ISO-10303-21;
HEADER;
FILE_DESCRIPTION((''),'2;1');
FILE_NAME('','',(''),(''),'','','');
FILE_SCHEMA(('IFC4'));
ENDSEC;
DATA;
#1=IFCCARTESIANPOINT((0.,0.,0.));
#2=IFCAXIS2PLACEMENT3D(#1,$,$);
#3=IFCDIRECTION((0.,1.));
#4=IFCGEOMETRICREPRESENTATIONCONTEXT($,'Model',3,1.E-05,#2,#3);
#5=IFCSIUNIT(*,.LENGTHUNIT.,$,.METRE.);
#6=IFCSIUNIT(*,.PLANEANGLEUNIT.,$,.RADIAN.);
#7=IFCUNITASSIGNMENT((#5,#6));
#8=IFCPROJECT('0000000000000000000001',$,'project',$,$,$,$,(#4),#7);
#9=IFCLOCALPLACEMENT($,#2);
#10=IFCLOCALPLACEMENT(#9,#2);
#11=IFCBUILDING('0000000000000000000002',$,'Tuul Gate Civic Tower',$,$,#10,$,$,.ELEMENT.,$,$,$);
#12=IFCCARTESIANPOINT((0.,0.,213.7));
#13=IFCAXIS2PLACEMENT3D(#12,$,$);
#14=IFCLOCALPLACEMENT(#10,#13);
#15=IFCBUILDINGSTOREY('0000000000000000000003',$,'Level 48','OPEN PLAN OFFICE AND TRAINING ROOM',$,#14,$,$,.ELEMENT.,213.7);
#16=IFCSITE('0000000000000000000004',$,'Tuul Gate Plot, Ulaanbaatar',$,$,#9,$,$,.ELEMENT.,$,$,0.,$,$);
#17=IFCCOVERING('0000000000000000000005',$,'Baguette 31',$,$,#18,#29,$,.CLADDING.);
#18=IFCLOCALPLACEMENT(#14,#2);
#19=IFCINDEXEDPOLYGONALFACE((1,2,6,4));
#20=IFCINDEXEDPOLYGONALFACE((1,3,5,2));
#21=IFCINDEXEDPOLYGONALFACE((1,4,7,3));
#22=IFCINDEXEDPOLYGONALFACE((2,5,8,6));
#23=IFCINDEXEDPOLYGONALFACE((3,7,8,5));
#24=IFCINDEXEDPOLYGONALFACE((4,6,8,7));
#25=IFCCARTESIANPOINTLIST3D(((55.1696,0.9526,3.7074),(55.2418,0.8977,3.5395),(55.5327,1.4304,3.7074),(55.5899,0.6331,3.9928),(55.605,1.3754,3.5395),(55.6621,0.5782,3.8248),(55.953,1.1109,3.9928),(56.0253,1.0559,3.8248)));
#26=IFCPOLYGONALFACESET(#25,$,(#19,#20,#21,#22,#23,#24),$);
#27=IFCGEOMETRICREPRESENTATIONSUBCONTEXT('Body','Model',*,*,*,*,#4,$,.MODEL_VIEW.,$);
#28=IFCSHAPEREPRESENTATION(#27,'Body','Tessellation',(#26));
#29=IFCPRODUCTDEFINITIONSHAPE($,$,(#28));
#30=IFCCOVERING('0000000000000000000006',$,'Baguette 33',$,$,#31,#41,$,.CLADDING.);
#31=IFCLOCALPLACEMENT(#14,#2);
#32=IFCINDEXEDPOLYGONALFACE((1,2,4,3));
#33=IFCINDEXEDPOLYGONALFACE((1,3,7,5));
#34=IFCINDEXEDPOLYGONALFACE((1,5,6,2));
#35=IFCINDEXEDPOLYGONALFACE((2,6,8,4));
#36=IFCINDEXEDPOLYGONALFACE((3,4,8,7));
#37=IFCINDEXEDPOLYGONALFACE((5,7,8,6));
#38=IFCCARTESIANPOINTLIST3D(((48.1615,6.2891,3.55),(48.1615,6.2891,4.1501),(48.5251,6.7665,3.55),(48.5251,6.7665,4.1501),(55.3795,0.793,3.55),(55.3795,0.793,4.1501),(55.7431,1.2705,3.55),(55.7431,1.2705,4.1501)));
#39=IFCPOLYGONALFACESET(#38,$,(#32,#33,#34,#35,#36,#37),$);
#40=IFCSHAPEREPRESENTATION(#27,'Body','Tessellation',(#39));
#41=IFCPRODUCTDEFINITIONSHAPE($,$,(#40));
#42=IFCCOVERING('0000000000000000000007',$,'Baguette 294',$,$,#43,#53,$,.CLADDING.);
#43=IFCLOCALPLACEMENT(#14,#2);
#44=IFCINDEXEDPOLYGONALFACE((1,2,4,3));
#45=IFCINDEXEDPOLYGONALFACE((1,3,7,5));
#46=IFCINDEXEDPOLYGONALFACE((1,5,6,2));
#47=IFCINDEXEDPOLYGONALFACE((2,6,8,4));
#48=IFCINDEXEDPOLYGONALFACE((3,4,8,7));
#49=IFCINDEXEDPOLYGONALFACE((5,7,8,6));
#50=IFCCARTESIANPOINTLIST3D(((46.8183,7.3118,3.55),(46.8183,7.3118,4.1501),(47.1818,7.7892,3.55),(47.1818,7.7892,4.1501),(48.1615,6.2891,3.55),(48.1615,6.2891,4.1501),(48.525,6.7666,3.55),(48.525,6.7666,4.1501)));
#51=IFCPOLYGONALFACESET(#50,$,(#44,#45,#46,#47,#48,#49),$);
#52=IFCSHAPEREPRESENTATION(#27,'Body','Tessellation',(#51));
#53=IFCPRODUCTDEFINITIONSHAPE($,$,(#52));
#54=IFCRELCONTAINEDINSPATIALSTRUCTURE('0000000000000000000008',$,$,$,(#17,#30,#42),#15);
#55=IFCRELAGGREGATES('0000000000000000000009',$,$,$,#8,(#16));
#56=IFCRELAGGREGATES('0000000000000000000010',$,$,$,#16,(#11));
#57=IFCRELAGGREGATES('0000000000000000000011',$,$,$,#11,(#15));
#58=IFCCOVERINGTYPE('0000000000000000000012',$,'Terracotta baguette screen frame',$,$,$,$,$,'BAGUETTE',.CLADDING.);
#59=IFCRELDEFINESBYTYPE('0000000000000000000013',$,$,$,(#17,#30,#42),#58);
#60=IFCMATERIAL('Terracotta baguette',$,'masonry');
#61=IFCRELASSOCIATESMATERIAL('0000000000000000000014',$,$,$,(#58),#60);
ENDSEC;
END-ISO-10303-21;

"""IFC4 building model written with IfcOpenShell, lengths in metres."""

from ifc_helpers import new_model, si_unit, direction, frame, origin, origin_2d, place, context, subcontext, project, spatial, rectangle, extrude, material, material_profile, profile_set, type_object, element, save


model = new_model("IFC4")

# Units and contexts
model_context = context("Model", 3, precision=1e-05, world=origin(), true_north=direction((0.0, 1.0)))
body_context = subcontext(model_context, "Body", "Model", "MODEL_VIEW")
ifc_project = project(units=[si_unit("LENGTHUNIT", "METRE"), si_unit("PLANEANGLEUNIT", "RADIAN")], contexts=[model_context])

# Site, building, storey
site_placement = place(None, origin())
site = spatial("IfcSite", under=ifc_project, at=site_placement, Name="Tuul Gate Plot, Ulaanbaatar", CompositionType="ELEMENT", RefElevation=0.0)
building_placement = place(site_placement, origin())
building = spatial("IfcBuilding", under=site, at=building_placement, Name="Tuul Gate Civic Tower", CompositionType="ELEMENT")
storey_placement = place(building_placement, frame((0.0, 0.0, 213.7)))
storey = spatial("IfcBuildingStorey", under=building, at=storey_placement, Name="Level 48", Description="OPEN PLAN OFFICE AND TRAINING ROOM", CompositionType="ELEMENT", Elevation=213.7)

# Coverings
ifc_material_1 = material(Name="Terracotta baguette", Category="masonry")
ifc_material_profile_1 = material_profile(ifc_material_1, rectangle(XDim=0.6001, YDim=0.6001, at=origin_2d()), Name="Terracotta baguette screen frame")
ifc_profile_set_1 = profile_set([ifc_material_profile_1], Name="Terracotta baguette")
covering_type = type_object("IfcCoveringType", Name="Terracotta baguette screen frame", ElementType="BAGUETTE", PredefinedType="CLADDING", material=ifc_profile_set_1)
for number, where, z_axis, x_axis, name in (
    (1, (55.5613, 1.0317, 3.8501), (0.378498, -0.287709, -0.879752), (0.605151, 0.79611, 0.0), "Baguette 31"),
):
    element("IfcCovering", number, at=place(storey_placement, frame(where, z_axis=z_axis, x_axis=x_axis)), inside=storey, type_object=covering_type, Name=name, PredefinedType="CLADDING", context=body_context, shape_type="SweptSolid", body=[
        extrude(rectangle(XDim=0.6001, YDim=0.6001, at=origin_2d()), origin(), (0.0, 0.0, 1.0), 0.1909),
    ])
covering_1_placement = place(storey_placement, frame((55.5613, 1.0317, 3.8501), z_axis=(-0.79561, 0.60581, 0.0), x_axis=(-0.60581, -0.79561, 0.0)))
element("IfcCovering", 2, at=covering_1_placement, inside=storey, type_object=covering_type, Name="Baguette 33", PredefinedType="CLADDING", context=body_context, shape_type="SweptSolid", body=[
    extrude(rectangle(XDim=0.6001, YDim=0.6001, at=origin_2d()), origin(), (0.0, 0.0, 1.0), 9.0723),
])
covering_2_placement = place(storey_placement, frame((48.3433, 6.5278, 3.8501), z_axis=(-0.795641, 0.605769, 0.0), x_axis=(-0.605769, -0.795641, 0.0)))
element("IfcCovering", 3, at=covering_2_placement, inside=storey, type_object=covering_type, Name="Baguette 294", PredefinedType="CLADDING", context=body_context, shape_type="SweptSolid", body=[
    extrude(rectangle(XDim=0.6001, YDim=0.6001, at=origin_2d()), origin(), (0.0, 0.0, 1.0), 1.6882),
])

save(model, "model.ifc")
